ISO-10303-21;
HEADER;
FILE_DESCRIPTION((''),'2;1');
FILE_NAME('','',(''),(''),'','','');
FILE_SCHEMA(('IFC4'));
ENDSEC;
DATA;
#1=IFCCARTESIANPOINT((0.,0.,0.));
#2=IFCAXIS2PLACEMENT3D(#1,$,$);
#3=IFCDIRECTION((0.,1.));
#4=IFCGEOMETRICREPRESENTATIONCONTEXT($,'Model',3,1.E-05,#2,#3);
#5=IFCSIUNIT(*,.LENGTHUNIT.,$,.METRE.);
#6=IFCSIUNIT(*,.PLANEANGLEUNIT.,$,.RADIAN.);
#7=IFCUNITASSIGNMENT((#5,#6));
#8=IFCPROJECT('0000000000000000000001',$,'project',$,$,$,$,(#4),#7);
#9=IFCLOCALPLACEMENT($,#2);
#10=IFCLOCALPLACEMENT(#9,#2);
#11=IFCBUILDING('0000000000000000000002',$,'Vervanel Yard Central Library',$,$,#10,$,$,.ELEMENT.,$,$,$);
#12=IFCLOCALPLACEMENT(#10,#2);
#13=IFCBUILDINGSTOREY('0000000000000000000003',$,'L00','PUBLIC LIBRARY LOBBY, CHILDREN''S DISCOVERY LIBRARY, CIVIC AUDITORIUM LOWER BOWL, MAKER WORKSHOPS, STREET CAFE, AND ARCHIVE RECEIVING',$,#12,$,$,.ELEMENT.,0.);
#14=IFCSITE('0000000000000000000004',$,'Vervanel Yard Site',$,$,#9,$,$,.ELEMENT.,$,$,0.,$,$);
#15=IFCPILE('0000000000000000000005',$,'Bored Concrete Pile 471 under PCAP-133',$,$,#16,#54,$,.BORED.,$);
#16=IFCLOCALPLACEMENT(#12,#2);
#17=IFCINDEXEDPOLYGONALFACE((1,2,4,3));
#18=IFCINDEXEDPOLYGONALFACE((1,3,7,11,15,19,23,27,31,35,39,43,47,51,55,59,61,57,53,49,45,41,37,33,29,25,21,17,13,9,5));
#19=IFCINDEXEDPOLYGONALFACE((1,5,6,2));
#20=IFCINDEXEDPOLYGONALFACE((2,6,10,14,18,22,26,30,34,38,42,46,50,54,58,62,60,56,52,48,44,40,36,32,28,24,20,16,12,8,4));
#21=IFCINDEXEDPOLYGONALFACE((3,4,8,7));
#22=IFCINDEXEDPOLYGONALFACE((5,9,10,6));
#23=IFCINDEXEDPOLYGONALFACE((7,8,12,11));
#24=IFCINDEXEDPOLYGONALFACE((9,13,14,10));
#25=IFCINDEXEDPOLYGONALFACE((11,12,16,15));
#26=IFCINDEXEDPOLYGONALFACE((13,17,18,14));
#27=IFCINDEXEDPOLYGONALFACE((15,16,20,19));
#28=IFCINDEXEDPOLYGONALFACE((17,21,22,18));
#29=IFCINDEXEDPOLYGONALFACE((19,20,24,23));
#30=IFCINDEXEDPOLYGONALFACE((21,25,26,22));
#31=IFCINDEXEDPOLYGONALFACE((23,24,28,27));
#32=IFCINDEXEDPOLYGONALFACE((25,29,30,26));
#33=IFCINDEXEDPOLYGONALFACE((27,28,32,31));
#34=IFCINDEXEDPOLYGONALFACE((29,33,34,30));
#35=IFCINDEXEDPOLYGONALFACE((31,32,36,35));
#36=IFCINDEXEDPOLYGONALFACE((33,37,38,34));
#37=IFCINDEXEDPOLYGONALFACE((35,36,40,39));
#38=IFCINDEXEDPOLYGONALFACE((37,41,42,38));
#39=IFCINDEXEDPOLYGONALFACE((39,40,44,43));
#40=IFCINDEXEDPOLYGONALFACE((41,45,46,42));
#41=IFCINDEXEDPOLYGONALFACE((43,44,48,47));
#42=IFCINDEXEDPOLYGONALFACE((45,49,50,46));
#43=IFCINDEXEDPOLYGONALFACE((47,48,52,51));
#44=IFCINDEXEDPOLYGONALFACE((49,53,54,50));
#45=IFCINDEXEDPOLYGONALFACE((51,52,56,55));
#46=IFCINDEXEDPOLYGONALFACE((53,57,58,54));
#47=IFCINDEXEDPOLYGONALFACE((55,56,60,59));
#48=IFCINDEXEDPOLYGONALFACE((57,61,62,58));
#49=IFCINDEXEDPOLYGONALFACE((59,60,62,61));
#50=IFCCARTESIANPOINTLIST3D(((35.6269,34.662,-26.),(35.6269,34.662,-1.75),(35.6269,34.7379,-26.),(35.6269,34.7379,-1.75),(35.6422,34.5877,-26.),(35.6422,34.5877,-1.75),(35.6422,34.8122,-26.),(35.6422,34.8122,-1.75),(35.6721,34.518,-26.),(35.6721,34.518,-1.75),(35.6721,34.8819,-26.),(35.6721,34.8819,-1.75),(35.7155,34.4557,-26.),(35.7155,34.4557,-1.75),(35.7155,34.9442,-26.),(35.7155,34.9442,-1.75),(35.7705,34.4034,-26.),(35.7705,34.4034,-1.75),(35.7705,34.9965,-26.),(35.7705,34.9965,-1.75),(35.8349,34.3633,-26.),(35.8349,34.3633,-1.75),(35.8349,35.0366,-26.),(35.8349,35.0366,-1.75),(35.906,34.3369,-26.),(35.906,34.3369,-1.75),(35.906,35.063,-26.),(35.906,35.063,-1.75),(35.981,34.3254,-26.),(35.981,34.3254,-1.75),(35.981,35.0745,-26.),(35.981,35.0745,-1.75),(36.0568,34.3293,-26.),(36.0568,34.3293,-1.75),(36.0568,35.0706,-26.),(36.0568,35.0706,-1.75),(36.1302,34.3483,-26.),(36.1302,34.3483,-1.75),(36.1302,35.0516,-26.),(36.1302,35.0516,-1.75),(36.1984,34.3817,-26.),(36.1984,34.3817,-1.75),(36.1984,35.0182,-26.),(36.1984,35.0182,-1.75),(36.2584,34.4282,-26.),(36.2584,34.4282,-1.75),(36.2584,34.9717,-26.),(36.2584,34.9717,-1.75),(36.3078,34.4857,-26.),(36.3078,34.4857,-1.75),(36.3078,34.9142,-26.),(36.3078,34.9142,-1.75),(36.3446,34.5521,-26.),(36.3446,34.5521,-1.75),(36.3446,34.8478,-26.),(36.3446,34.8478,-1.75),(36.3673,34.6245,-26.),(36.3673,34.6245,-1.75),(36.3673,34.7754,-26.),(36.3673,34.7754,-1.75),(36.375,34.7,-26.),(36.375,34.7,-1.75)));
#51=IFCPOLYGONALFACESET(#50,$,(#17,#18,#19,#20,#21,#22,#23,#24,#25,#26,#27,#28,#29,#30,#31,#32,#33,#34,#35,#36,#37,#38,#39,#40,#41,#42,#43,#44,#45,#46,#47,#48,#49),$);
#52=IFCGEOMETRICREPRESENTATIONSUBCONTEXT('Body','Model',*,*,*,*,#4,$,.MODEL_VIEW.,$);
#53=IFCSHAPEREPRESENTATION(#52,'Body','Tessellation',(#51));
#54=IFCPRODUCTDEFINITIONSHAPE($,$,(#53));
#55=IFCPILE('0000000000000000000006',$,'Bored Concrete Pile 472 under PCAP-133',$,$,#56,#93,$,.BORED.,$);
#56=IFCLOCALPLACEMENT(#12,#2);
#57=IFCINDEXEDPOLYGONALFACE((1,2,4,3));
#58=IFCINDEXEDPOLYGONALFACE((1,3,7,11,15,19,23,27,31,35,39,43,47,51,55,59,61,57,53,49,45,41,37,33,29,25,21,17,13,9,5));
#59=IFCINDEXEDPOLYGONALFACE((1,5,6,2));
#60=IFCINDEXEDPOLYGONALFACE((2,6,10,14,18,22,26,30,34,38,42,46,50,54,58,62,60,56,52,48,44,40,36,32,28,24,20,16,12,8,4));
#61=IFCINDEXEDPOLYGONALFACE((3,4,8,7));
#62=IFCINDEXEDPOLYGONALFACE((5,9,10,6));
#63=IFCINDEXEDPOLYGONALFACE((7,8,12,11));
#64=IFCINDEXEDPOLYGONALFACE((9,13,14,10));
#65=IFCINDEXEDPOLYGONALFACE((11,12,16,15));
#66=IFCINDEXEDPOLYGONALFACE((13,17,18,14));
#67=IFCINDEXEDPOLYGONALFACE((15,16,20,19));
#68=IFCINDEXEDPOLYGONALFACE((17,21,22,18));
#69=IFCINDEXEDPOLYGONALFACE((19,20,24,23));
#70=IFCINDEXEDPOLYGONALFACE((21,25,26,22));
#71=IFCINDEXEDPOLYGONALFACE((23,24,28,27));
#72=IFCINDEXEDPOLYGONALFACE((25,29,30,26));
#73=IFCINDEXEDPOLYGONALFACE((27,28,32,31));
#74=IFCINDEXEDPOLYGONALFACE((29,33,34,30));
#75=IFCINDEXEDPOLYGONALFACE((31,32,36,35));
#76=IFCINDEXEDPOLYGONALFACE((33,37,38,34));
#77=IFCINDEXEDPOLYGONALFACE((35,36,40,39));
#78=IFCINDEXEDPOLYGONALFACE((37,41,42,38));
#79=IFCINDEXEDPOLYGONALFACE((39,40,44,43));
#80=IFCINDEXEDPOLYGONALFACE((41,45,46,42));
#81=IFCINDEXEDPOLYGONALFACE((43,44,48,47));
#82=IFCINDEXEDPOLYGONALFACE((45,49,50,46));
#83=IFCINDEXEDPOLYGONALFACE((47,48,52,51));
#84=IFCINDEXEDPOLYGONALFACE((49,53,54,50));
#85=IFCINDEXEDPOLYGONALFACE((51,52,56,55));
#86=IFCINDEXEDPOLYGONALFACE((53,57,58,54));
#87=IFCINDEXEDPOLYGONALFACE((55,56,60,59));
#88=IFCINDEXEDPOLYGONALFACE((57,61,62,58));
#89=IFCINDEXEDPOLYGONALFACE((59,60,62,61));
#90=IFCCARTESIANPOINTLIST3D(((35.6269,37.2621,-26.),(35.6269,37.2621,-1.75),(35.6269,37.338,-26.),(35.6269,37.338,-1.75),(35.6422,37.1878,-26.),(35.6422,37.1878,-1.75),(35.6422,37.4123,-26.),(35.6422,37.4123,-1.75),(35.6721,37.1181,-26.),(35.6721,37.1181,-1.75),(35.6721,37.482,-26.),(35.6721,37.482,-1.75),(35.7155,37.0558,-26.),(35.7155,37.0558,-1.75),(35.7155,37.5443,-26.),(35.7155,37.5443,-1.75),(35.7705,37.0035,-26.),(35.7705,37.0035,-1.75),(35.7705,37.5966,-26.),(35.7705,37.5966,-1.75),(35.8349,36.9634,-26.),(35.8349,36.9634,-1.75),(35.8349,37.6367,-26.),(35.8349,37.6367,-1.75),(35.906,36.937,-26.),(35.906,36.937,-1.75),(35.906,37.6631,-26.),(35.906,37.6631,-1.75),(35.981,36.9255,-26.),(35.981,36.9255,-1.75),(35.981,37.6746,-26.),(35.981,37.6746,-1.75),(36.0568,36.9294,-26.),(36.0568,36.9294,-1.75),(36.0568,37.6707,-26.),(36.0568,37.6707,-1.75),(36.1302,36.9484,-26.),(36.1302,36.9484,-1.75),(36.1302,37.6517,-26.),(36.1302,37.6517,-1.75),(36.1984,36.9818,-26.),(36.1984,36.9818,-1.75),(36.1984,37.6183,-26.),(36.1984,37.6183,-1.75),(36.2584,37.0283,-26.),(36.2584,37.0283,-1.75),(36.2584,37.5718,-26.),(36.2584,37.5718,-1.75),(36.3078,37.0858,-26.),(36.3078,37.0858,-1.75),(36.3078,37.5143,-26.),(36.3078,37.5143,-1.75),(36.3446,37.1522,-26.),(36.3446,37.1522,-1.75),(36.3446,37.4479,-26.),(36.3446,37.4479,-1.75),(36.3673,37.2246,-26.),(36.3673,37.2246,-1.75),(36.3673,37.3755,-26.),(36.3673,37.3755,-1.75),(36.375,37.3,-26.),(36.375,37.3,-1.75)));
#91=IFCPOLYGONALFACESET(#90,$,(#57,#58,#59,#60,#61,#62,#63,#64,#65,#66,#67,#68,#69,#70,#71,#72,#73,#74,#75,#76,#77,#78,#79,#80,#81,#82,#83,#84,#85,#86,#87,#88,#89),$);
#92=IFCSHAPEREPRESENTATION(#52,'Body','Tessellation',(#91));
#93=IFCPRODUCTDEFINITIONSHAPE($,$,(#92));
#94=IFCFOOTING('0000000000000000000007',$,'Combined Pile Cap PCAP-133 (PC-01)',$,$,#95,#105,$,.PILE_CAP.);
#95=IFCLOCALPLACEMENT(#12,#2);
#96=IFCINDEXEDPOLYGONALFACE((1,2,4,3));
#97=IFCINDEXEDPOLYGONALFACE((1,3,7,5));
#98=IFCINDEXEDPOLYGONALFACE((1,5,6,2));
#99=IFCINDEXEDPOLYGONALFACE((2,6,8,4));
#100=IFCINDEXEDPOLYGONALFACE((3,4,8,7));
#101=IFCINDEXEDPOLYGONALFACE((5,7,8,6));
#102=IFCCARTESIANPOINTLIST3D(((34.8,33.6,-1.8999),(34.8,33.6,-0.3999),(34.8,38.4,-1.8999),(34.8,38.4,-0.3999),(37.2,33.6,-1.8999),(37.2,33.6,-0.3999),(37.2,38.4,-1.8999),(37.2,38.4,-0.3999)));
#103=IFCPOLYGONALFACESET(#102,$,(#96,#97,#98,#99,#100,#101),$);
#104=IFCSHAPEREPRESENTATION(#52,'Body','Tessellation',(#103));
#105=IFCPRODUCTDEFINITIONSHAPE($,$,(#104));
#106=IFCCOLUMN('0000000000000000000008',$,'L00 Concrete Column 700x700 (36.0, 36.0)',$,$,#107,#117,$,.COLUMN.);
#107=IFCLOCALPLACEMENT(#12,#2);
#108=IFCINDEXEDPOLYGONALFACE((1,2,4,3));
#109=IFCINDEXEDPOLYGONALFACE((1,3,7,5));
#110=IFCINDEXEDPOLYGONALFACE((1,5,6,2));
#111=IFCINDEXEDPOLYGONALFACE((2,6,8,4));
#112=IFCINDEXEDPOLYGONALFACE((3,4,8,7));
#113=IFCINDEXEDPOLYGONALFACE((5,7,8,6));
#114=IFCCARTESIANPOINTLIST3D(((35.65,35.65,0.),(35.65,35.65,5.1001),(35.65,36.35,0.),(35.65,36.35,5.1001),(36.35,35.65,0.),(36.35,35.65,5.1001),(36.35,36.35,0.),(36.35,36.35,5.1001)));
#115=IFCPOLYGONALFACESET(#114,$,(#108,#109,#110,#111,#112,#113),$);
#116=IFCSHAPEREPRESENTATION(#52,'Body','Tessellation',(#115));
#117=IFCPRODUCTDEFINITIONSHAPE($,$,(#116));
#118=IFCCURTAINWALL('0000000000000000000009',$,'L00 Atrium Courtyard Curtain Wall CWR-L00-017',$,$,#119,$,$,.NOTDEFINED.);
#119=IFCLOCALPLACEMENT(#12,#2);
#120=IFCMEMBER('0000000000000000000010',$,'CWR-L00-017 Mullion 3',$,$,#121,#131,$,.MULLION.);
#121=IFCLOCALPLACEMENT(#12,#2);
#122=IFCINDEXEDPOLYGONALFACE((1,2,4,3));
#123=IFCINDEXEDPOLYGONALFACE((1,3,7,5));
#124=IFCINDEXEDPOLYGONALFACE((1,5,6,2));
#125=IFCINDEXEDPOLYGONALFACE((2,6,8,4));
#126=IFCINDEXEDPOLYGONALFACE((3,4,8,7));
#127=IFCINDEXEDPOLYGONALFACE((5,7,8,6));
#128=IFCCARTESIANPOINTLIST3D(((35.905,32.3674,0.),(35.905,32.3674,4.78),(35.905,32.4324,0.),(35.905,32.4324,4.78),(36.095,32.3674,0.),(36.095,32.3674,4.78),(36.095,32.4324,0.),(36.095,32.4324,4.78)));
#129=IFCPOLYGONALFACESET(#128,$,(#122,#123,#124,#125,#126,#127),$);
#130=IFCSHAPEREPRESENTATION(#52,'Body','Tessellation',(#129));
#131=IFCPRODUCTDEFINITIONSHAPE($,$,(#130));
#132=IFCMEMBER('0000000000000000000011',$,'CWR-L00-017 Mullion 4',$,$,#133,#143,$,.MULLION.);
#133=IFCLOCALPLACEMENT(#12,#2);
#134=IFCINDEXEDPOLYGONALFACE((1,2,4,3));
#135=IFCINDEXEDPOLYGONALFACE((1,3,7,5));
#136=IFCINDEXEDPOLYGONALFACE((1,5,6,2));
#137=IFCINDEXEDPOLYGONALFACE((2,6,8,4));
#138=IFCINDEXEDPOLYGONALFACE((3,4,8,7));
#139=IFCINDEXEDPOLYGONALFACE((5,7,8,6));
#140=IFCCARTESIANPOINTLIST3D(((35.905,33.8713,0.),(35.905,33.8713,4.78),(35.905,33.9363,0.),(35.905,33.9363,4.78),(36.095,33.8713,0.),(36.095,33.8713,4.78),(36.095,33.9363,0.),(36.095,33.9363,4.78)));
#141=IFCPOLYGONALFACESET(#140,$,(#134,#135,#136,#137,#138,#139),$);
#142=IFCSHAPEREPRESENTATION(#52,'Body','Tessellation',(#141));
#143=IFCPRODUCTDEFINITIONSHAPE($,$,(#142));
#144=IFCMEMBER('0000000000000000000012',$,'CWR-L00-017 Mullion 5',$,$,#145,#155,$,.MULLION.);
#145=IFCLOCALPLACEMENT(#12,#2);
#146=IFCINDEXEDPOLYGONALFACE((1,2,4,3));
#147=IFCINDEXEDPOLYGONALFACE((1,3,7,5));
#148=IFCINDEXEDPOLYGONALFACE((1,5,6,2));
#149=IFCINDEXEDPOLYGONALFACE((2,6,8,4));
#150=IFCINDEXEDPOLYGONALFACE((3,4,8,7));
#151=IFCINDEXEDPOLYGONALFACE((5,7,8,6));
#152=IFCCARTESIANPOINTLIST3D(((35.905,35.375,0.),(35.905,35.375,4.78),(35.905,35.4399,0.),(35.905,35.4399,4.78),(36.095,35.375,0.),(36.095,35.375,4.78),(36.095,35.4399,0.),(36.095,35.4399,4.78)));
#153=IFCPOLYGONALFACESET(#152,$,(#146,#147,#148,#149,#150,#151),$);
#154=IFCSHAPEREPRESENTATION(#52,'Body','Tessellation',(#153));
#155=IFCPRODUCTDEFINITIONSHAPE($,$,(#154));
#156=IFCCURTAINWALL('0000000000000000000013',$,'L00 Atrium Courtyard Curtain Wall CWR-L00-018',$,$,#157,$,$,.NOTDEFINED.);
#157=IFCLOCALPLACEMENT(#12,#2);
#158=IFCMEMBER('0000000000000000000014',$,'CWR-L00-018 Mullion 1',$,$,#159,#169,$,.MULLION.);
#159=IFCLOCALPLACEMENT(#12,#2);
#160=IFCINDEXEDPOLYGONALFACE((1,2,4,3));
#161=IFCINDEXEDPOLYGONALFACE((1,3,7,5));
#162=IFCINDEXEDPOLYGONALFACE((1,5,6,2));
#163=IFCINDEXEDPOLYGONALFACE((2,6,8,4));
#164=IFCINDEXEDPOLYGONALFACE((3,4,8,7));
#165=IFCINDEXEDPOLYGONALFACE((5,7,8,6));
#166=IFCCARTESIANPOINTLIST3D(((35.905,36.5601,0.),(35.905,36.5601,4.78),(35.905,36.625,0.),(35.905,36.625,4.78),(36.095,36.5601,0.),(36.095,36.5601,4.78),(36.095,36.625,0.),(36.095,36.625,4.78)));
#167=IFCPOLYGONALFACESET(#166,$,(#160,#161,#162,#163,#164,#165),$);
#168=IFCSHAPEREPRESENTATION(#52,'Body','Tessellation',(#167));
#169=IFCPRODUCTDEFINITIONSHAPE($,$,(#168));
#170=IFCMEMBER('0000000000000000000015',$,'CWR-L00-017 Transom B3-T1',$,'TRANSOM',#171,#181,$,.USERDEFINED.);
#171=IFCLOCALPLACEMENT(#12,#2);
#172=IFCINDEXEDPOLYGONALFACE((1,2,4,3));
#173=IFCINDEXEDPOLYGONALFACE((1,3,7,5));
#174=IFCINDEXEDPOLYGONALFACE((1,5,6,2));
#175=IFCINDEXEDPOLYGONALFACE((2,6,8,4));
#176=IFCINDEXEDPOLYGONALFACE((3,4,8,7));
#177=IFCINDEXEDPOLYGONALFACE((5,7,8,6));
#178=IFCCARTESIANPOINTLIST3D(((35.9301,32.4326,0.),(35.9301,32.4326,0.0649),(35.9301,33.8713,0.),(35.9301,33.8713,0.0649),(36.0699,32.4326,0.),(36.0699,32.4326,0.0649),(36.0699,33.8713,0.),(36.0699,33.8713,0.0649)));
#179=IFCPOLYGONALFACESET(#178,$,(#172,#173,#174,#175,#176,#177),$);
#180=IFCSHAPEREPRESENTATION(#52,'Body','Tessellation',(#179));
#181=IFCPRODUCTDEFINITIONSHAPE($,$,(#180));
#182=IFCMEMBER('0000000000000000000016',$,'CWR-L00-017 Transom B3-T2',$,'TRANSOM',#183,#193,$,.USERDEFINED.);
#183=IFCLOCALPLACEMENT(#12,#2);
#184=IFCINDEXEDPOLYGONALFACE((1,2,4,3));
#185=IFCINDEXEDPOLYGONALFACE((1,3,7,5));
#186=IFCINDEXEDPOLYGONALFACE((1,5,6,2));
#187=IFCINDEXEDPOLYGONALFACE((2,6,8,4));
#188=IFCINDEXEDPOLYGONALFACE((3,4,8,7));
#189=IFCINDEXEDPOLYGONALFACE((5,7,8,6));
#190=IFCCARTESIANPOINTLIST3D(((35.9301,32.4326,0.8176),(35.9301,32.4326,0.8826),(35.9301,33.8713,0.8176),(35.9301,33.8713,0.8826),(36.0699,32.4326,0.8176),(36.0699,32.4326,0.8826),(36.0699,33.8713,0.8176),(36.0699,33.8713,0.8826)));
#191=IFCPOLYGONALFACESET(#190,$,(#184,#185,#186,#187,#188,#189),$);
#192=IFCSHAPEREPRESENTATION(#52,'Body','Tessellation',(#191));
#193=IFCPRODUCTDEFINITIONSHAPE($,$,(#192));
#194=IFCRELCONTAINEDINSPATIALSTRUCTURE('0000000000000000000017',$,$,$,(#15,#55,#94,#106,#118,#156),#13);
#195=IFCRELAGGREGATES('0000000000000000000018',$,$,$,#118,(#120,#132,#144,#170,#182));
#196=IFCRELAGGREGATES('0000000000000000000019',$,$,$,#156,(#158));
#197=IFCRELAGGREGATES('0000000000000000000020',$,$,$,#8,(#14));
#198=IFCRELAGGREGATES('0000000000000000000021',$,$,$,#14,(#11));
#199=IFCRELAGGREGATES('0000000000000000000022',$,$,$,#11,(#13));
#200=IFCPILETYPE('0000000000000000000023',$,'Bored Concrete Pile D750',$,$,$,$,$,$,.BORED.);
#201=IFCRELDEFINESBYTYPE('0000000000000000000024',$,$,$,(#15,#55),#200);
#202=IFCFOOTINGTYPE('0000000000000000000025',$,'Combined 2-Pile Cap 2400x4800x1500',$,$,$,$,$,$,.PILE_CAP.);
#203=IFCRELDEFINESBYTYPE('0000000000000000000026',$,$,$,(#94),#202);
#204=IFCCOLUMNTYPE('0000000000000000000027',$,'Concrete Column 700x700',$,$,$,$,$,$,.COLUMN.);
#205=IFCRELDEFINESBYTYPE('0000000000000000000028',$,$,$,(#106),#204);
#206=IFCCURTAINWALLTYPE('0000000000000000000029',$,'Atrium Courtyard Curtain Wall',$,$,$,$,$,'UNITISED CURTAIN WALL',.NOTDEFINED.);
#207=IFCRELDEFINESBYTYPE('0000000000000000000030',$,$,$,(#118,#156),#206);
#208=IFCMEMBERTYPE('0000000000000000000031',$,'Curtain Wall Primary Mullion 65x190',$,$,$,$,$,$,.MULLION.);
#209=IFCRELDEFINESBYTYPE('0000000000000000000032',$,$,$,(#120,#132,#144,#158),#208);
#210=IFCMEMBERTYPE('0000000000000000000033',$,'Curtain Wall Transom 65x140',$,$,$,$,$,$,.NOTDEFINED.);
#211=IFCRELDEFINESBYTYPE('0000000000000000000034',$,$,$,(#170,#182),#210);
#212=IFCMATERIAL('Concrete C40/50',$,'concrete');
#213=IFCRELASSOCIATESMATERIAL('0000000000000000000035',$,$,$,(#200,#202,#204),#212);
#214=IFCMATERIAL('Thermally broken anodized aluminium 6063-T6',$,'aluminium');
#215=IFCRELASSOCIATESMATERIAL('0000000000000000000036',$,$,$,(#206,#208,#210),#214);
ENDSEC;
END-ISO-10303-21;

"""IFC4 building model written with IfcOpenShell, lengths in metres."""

from ifc_helpers import new_model, si_unit, direction, frame, origin, origin_2d, place, context, subcontext, project, spatial, rectangle, circle, extrude, material, material_profile, profile_set, type_object, element, aggregate, save


model = new_model("IFC4")

# Units and contexts
model_context = context("Model", 3, precision=1e-05, world=origin(), true_north=direction((0.0, 1.0)))
body_context = subcontext(model_context, "Body", "Model", "MODEL_VIEW")
ifc_project = project(units=[si_unit("LENGTHUNIT", "METRE"), si_unit("PLANEANGLEUNIT", "RADIAN")], contexts=[model_context])

# Site, building, storey
site_placement = place(None, origin())
site = spatial("IfcSite", under=ifc_project, at=site_placement, Name="Vervanel Yard Site", CompositionType="ELEMENT", RefElevation=0.0)
building_placement = place(site_placement, origin())
building = spatial("IfcBuilding", under=site, at=building_placement, Name="Vervanel Yard Central Library", CompositionType="ELEMENT")
storey_placement = place(building_placement, origin())
storey = spatial("IfcBuildingStorey", under=building, at=storey_placement, Name="L00", Description="PUBLIC LIBRARY LOBBY, CHILDREN'S DISCOVERY LIBRARY, CIVIC AUDITORIUM LOWER BOWL, MAKER WORKSHOPS, STREET CAFE, AND ARCHIVE RECEIVING", CompositionType="ELEMENT", Elevation=0.0)

# Piles
ifc_material_1 = material(Name="Concrete C40/50", Category="concrete")
ifc_material_profile_1 = material_profile(ifc_material_1, circle(Radius=0.375, at=origin_2d()), Name="BP D750", Category="concrete")
ifc_profile_set_1 = profile_set([ifc_material_profile_1], Name="Concrete C40/50")
pile_type = type_object("IfcPileType", Name="Bored Concrete Pile D750", PredefinedType="BORED", material=ifc_profile_set_1)
for number, where, z_axis, x_axis, name in (
    (1, (36.0, 34.7, -1.75), (0.0, 0.0, -1.0), (1.0, 0.0, 0.0), "Bored Concrete Pile 471 under PCAP-133"),
    (2, (36.0, 37.3, -1.75), (0.0, 0.0, -1.0), (1.0, 0.0, 0.0), "Bored Concrete Pile 472 under PCAP-133"),
):
    element("IfcPile", number, at=place(storey_placement, frame(where, z_axis=z_axis, x_axis=x_axis)), inside=storey, type_object=pile_type, Name=name, PredefinedType="BORED", context=body_context, shape_type="SweptSolid", body=[
        extrude(circle(Radius=0.375, at=origin_2d()), origin(), (0.0, 0.0, 1.0), 24.25),
    ])

# Footing
footing_type = type_object("IfcFootingType", Name="Combined 2-Pile Cap 2400x4800x1500", PredefinedType="PILE_CAP", material=ifc_material_1)
footing_placement = place(storey_placement, frame((36.0, 36.0, -1.8999), z_axis=(0.0, 0.0, 1.0), x_axis=(1.0, 0.0, 0.0)))
element("IfcFooting", 3, at=footing_placement, inside=storey, type_object=footing_type, Name="Combined Pile Cap PCAP-133 (PC-01)", PredefinedType="PILE_CAP", context=body_context, shape_type="SweptSolid", body=[
    extrude(rectangle(XDim=2.3999, YDim=4.8, at=origin_2d()), origin(), (0.0, 0.0, 1.0), 1.5),
])

# Column
ifc_material_profile_2 = material_profile(ifc_material_1, rectangle(XDim=0.7, YDim=0.7, at=origin_2d()), Name="RC 700x700", Category="concrete")
ifc_profile_set_2 = profile_set([ifc_material_profile_2], Name="Concrete C40/50")
column_type = type_object("IfcColumnType", Name="Concrete Column 700x700", PredefinedType="COLUMN", material=ifc_profile_set_2)
column_placement = place(storey_placement, frame((36.0, 36.0, 0.0), z_axis=(0.0, 0.0, 1.0), x_axis=(1.0, 0.0, 0.0)))
element("IfcColumn", 4, at=column_placement, inside=storey, type_object=column_type, Name="L00 Concrete Column 700x700 (36.0, 36.0)", PredefinedType="COLUMN", context=body_context, shape_type="SweptSolid", body=[
    extrude(rectangle(XDim=0.7, YDim=0.7, at=origin_2d()), origin(), (0.0, 0.0, 1.0), 5.1001),
])

# Curtain wall, members
ifc_material_2 = material(Name="Thermally broken anodized aluminium 6063-T6", Category="aluminium")
curtain_wall_type = type_object("IfcCurtainWallType", Name="Atrium Courtyard Curtain Wall", ElementType="UNITISED CURTAIN WALL", PredefinedType="NOTDEFINED", material=ifc_material_2)
curtain_wall_1_placement = place(storey_placement, origin())
curtain_wall_1 = element("IfcCurtainWall", 5, at=curtain_wall_1_placement, inside=storey, type_object=curtain_wall_type, Name="L00 Atrium Courtyard Curtain Wall CWR-L00-017", PredefinedType="NOTDEFINED")
ifc_material_profile_3 = material_profile(ifc_material_2, rectangle(XDim=0.0649, YDim=0.1899, at=origin_2d()), Name="ALU 65x190", Category="aluminium")
ifc_profile_set_3 = profile_set([ifc_material_profile_3], Name="Thermally broken anodized aluminium 6063-T6")
member_type_1 = type_object("IfcMemberType", Name="Curtain Wall Primary Mullion 65x190", PredefinedType="MULLION", material=ifc_profile_set_3)
member_1_placement = place(storey_placement, frame((36.0, 32.3999, 0.0), z_axis=(0.0, 0.0, 1.0), x_axis=(0.0, 1.0, 0.0)))
member_1 = element("IfcMember", 6, at=member_1_placement, type_object=member_type_1, Name="CWR-L00-017 Mullion 3", PredefinedType="MULLION", context=body_context, shape_type="SweptSolid", body=[
    extrude(rectangle(XDim=0.0649, YDim=0.1899, at=origin_2d()), origin(), (0.0, 0.0, 1.0), 4.78),
])
member_2_placement = place(storey_placement, frame((36.0, 33.9038, 0.0), z_axis=(0.0, 0.0, 1.0), x_axis=(0.0, 1.0, 0.0)))
member_2 = element("IfcMember", 7, at=member_2_placement, type_object=member_type_1, Name="CWR-L00-017 Mullion 4", PredefinedType="MULLION", context=body_context, shape_type="SweptSolid", body=[
    extrude(rectangle(XDim=0.0649, YDim=0.1899, at=origin_2d()), origin(), (0.0, 0.0, 1.0), 4.78),
])
member_3_placement = place(storey_placement, frame((36.0, 35.4075, 0.0), z_axis=(0.0, 0.0, 1.0), x_axis=(0.0, 1.0, 0.0)))
member_3 = element("IfcMember", 8, at=member_3_placement, type_object=member_type_1, Name="CWR-L00-017 Mullion 5", PredefinedType="MULLION", context=body_context, shape_type="SweptSolid", body=[
    extrude(rectangle(XDim=0.0649, YDim=0.1899, at=origin_2d()), origin(), (0.0, 0.0, 1.0), 4.78),
])

# Curtain wall, member
curtain_wall_2_placement = place(storey_placement, origin())
curtain_wall_2 = element("IfcCurtainWall", 9, at=curtain_wall_2_placement, inside=storey, type_object=curtain_wall_type, Name="L00 Atrium Courtyard Curtain Wall CWR-L00-018", PredefinedType="NOTDEFINED")
member_4_placement = place(storey_placement, frame((36.0, 36.5925, 0.0), z_axis=(0.0, 0.0, 1.0), x_axis=(0.0, 1.0, 0.0)))
member_4 = element("IfcMember", 10, at=member_4_placement, type_object=member_type_1, Name="CWR-L00-018 Mullion 1", PredefinedType="MULLION", context=body_context, shape_type="SweptSolid", body=[
    extrude(rectangle(XDim=0.0649, YDim=0.1899, at=origin_2d()), origin(), (0.0, 0.0, 1.0), 4.78),
])

# Members
ifc_material_profile_4 = material_profile(ifc_material_2, rectangle(XDim=0.0649, YDim=0.1399, at=origin_2d()), Name="ALU 65x140", Category="aluminium")
ifc_profile_set_4 = profile_set([ifc_material_profile_4], Name="Thermally broken anodized aluminium 6063-T6")
member_type_2 = type_object("IfcMemberType", Name="Curtain Wall Transom 65x140", PredefinedType="NOTDEFINED", material=ifc_profile_set_4)
member_5_placement = place(storey_placement, frame((36.0, 32.4326, 0.0325), z_axis=(0.0, 1.0, 0.0), x_axis=(0.0, 0.0, 1.0)))
member_5 = element("IfcMember", 11, at=member_5_placement, type_object=member_type_2, Name="CWR-L00-017 Transom B3-T1", ObjectType="TRANSOM", PredefinedType="USERDEFINED", context=body_context, shape_type="SweptSolid", body=[
    extrude(rectangle(XDim=0.0649, YDim=0.1399, at=origin_2d()), origin(), (0.0, 0.0, 1.0), 1.4387),
])
member_6_placement = place(storey_placement, frame((36.0, 32.4326, 0.8501), z_axis=(0.0, 1.0, 0.0), x_axis=(0.0, 0.0, 1.0)))
member_6 = element("IfcMember", 12, at=member_6_placement, type_object=member_type_2, Name="CWR-L00-017 Transom B3-T2", ObjectType="TRANSOM", PredefinedType="USERDEFINED", context=body_context, shape_type="SweptSolid", body=[
    extrude(rectangle(XDim=0.0649, YDim=0.1399, at=origin_2d()), origin(), (0.0, 0.0, 1.0), 1.4387),
])

aggregate(curtain_wall_1, [member_1, member_2, member_3, member_5, member_6])
aggregate(curtain_wall_2, [member_4])

save(model, "model.ifc")
